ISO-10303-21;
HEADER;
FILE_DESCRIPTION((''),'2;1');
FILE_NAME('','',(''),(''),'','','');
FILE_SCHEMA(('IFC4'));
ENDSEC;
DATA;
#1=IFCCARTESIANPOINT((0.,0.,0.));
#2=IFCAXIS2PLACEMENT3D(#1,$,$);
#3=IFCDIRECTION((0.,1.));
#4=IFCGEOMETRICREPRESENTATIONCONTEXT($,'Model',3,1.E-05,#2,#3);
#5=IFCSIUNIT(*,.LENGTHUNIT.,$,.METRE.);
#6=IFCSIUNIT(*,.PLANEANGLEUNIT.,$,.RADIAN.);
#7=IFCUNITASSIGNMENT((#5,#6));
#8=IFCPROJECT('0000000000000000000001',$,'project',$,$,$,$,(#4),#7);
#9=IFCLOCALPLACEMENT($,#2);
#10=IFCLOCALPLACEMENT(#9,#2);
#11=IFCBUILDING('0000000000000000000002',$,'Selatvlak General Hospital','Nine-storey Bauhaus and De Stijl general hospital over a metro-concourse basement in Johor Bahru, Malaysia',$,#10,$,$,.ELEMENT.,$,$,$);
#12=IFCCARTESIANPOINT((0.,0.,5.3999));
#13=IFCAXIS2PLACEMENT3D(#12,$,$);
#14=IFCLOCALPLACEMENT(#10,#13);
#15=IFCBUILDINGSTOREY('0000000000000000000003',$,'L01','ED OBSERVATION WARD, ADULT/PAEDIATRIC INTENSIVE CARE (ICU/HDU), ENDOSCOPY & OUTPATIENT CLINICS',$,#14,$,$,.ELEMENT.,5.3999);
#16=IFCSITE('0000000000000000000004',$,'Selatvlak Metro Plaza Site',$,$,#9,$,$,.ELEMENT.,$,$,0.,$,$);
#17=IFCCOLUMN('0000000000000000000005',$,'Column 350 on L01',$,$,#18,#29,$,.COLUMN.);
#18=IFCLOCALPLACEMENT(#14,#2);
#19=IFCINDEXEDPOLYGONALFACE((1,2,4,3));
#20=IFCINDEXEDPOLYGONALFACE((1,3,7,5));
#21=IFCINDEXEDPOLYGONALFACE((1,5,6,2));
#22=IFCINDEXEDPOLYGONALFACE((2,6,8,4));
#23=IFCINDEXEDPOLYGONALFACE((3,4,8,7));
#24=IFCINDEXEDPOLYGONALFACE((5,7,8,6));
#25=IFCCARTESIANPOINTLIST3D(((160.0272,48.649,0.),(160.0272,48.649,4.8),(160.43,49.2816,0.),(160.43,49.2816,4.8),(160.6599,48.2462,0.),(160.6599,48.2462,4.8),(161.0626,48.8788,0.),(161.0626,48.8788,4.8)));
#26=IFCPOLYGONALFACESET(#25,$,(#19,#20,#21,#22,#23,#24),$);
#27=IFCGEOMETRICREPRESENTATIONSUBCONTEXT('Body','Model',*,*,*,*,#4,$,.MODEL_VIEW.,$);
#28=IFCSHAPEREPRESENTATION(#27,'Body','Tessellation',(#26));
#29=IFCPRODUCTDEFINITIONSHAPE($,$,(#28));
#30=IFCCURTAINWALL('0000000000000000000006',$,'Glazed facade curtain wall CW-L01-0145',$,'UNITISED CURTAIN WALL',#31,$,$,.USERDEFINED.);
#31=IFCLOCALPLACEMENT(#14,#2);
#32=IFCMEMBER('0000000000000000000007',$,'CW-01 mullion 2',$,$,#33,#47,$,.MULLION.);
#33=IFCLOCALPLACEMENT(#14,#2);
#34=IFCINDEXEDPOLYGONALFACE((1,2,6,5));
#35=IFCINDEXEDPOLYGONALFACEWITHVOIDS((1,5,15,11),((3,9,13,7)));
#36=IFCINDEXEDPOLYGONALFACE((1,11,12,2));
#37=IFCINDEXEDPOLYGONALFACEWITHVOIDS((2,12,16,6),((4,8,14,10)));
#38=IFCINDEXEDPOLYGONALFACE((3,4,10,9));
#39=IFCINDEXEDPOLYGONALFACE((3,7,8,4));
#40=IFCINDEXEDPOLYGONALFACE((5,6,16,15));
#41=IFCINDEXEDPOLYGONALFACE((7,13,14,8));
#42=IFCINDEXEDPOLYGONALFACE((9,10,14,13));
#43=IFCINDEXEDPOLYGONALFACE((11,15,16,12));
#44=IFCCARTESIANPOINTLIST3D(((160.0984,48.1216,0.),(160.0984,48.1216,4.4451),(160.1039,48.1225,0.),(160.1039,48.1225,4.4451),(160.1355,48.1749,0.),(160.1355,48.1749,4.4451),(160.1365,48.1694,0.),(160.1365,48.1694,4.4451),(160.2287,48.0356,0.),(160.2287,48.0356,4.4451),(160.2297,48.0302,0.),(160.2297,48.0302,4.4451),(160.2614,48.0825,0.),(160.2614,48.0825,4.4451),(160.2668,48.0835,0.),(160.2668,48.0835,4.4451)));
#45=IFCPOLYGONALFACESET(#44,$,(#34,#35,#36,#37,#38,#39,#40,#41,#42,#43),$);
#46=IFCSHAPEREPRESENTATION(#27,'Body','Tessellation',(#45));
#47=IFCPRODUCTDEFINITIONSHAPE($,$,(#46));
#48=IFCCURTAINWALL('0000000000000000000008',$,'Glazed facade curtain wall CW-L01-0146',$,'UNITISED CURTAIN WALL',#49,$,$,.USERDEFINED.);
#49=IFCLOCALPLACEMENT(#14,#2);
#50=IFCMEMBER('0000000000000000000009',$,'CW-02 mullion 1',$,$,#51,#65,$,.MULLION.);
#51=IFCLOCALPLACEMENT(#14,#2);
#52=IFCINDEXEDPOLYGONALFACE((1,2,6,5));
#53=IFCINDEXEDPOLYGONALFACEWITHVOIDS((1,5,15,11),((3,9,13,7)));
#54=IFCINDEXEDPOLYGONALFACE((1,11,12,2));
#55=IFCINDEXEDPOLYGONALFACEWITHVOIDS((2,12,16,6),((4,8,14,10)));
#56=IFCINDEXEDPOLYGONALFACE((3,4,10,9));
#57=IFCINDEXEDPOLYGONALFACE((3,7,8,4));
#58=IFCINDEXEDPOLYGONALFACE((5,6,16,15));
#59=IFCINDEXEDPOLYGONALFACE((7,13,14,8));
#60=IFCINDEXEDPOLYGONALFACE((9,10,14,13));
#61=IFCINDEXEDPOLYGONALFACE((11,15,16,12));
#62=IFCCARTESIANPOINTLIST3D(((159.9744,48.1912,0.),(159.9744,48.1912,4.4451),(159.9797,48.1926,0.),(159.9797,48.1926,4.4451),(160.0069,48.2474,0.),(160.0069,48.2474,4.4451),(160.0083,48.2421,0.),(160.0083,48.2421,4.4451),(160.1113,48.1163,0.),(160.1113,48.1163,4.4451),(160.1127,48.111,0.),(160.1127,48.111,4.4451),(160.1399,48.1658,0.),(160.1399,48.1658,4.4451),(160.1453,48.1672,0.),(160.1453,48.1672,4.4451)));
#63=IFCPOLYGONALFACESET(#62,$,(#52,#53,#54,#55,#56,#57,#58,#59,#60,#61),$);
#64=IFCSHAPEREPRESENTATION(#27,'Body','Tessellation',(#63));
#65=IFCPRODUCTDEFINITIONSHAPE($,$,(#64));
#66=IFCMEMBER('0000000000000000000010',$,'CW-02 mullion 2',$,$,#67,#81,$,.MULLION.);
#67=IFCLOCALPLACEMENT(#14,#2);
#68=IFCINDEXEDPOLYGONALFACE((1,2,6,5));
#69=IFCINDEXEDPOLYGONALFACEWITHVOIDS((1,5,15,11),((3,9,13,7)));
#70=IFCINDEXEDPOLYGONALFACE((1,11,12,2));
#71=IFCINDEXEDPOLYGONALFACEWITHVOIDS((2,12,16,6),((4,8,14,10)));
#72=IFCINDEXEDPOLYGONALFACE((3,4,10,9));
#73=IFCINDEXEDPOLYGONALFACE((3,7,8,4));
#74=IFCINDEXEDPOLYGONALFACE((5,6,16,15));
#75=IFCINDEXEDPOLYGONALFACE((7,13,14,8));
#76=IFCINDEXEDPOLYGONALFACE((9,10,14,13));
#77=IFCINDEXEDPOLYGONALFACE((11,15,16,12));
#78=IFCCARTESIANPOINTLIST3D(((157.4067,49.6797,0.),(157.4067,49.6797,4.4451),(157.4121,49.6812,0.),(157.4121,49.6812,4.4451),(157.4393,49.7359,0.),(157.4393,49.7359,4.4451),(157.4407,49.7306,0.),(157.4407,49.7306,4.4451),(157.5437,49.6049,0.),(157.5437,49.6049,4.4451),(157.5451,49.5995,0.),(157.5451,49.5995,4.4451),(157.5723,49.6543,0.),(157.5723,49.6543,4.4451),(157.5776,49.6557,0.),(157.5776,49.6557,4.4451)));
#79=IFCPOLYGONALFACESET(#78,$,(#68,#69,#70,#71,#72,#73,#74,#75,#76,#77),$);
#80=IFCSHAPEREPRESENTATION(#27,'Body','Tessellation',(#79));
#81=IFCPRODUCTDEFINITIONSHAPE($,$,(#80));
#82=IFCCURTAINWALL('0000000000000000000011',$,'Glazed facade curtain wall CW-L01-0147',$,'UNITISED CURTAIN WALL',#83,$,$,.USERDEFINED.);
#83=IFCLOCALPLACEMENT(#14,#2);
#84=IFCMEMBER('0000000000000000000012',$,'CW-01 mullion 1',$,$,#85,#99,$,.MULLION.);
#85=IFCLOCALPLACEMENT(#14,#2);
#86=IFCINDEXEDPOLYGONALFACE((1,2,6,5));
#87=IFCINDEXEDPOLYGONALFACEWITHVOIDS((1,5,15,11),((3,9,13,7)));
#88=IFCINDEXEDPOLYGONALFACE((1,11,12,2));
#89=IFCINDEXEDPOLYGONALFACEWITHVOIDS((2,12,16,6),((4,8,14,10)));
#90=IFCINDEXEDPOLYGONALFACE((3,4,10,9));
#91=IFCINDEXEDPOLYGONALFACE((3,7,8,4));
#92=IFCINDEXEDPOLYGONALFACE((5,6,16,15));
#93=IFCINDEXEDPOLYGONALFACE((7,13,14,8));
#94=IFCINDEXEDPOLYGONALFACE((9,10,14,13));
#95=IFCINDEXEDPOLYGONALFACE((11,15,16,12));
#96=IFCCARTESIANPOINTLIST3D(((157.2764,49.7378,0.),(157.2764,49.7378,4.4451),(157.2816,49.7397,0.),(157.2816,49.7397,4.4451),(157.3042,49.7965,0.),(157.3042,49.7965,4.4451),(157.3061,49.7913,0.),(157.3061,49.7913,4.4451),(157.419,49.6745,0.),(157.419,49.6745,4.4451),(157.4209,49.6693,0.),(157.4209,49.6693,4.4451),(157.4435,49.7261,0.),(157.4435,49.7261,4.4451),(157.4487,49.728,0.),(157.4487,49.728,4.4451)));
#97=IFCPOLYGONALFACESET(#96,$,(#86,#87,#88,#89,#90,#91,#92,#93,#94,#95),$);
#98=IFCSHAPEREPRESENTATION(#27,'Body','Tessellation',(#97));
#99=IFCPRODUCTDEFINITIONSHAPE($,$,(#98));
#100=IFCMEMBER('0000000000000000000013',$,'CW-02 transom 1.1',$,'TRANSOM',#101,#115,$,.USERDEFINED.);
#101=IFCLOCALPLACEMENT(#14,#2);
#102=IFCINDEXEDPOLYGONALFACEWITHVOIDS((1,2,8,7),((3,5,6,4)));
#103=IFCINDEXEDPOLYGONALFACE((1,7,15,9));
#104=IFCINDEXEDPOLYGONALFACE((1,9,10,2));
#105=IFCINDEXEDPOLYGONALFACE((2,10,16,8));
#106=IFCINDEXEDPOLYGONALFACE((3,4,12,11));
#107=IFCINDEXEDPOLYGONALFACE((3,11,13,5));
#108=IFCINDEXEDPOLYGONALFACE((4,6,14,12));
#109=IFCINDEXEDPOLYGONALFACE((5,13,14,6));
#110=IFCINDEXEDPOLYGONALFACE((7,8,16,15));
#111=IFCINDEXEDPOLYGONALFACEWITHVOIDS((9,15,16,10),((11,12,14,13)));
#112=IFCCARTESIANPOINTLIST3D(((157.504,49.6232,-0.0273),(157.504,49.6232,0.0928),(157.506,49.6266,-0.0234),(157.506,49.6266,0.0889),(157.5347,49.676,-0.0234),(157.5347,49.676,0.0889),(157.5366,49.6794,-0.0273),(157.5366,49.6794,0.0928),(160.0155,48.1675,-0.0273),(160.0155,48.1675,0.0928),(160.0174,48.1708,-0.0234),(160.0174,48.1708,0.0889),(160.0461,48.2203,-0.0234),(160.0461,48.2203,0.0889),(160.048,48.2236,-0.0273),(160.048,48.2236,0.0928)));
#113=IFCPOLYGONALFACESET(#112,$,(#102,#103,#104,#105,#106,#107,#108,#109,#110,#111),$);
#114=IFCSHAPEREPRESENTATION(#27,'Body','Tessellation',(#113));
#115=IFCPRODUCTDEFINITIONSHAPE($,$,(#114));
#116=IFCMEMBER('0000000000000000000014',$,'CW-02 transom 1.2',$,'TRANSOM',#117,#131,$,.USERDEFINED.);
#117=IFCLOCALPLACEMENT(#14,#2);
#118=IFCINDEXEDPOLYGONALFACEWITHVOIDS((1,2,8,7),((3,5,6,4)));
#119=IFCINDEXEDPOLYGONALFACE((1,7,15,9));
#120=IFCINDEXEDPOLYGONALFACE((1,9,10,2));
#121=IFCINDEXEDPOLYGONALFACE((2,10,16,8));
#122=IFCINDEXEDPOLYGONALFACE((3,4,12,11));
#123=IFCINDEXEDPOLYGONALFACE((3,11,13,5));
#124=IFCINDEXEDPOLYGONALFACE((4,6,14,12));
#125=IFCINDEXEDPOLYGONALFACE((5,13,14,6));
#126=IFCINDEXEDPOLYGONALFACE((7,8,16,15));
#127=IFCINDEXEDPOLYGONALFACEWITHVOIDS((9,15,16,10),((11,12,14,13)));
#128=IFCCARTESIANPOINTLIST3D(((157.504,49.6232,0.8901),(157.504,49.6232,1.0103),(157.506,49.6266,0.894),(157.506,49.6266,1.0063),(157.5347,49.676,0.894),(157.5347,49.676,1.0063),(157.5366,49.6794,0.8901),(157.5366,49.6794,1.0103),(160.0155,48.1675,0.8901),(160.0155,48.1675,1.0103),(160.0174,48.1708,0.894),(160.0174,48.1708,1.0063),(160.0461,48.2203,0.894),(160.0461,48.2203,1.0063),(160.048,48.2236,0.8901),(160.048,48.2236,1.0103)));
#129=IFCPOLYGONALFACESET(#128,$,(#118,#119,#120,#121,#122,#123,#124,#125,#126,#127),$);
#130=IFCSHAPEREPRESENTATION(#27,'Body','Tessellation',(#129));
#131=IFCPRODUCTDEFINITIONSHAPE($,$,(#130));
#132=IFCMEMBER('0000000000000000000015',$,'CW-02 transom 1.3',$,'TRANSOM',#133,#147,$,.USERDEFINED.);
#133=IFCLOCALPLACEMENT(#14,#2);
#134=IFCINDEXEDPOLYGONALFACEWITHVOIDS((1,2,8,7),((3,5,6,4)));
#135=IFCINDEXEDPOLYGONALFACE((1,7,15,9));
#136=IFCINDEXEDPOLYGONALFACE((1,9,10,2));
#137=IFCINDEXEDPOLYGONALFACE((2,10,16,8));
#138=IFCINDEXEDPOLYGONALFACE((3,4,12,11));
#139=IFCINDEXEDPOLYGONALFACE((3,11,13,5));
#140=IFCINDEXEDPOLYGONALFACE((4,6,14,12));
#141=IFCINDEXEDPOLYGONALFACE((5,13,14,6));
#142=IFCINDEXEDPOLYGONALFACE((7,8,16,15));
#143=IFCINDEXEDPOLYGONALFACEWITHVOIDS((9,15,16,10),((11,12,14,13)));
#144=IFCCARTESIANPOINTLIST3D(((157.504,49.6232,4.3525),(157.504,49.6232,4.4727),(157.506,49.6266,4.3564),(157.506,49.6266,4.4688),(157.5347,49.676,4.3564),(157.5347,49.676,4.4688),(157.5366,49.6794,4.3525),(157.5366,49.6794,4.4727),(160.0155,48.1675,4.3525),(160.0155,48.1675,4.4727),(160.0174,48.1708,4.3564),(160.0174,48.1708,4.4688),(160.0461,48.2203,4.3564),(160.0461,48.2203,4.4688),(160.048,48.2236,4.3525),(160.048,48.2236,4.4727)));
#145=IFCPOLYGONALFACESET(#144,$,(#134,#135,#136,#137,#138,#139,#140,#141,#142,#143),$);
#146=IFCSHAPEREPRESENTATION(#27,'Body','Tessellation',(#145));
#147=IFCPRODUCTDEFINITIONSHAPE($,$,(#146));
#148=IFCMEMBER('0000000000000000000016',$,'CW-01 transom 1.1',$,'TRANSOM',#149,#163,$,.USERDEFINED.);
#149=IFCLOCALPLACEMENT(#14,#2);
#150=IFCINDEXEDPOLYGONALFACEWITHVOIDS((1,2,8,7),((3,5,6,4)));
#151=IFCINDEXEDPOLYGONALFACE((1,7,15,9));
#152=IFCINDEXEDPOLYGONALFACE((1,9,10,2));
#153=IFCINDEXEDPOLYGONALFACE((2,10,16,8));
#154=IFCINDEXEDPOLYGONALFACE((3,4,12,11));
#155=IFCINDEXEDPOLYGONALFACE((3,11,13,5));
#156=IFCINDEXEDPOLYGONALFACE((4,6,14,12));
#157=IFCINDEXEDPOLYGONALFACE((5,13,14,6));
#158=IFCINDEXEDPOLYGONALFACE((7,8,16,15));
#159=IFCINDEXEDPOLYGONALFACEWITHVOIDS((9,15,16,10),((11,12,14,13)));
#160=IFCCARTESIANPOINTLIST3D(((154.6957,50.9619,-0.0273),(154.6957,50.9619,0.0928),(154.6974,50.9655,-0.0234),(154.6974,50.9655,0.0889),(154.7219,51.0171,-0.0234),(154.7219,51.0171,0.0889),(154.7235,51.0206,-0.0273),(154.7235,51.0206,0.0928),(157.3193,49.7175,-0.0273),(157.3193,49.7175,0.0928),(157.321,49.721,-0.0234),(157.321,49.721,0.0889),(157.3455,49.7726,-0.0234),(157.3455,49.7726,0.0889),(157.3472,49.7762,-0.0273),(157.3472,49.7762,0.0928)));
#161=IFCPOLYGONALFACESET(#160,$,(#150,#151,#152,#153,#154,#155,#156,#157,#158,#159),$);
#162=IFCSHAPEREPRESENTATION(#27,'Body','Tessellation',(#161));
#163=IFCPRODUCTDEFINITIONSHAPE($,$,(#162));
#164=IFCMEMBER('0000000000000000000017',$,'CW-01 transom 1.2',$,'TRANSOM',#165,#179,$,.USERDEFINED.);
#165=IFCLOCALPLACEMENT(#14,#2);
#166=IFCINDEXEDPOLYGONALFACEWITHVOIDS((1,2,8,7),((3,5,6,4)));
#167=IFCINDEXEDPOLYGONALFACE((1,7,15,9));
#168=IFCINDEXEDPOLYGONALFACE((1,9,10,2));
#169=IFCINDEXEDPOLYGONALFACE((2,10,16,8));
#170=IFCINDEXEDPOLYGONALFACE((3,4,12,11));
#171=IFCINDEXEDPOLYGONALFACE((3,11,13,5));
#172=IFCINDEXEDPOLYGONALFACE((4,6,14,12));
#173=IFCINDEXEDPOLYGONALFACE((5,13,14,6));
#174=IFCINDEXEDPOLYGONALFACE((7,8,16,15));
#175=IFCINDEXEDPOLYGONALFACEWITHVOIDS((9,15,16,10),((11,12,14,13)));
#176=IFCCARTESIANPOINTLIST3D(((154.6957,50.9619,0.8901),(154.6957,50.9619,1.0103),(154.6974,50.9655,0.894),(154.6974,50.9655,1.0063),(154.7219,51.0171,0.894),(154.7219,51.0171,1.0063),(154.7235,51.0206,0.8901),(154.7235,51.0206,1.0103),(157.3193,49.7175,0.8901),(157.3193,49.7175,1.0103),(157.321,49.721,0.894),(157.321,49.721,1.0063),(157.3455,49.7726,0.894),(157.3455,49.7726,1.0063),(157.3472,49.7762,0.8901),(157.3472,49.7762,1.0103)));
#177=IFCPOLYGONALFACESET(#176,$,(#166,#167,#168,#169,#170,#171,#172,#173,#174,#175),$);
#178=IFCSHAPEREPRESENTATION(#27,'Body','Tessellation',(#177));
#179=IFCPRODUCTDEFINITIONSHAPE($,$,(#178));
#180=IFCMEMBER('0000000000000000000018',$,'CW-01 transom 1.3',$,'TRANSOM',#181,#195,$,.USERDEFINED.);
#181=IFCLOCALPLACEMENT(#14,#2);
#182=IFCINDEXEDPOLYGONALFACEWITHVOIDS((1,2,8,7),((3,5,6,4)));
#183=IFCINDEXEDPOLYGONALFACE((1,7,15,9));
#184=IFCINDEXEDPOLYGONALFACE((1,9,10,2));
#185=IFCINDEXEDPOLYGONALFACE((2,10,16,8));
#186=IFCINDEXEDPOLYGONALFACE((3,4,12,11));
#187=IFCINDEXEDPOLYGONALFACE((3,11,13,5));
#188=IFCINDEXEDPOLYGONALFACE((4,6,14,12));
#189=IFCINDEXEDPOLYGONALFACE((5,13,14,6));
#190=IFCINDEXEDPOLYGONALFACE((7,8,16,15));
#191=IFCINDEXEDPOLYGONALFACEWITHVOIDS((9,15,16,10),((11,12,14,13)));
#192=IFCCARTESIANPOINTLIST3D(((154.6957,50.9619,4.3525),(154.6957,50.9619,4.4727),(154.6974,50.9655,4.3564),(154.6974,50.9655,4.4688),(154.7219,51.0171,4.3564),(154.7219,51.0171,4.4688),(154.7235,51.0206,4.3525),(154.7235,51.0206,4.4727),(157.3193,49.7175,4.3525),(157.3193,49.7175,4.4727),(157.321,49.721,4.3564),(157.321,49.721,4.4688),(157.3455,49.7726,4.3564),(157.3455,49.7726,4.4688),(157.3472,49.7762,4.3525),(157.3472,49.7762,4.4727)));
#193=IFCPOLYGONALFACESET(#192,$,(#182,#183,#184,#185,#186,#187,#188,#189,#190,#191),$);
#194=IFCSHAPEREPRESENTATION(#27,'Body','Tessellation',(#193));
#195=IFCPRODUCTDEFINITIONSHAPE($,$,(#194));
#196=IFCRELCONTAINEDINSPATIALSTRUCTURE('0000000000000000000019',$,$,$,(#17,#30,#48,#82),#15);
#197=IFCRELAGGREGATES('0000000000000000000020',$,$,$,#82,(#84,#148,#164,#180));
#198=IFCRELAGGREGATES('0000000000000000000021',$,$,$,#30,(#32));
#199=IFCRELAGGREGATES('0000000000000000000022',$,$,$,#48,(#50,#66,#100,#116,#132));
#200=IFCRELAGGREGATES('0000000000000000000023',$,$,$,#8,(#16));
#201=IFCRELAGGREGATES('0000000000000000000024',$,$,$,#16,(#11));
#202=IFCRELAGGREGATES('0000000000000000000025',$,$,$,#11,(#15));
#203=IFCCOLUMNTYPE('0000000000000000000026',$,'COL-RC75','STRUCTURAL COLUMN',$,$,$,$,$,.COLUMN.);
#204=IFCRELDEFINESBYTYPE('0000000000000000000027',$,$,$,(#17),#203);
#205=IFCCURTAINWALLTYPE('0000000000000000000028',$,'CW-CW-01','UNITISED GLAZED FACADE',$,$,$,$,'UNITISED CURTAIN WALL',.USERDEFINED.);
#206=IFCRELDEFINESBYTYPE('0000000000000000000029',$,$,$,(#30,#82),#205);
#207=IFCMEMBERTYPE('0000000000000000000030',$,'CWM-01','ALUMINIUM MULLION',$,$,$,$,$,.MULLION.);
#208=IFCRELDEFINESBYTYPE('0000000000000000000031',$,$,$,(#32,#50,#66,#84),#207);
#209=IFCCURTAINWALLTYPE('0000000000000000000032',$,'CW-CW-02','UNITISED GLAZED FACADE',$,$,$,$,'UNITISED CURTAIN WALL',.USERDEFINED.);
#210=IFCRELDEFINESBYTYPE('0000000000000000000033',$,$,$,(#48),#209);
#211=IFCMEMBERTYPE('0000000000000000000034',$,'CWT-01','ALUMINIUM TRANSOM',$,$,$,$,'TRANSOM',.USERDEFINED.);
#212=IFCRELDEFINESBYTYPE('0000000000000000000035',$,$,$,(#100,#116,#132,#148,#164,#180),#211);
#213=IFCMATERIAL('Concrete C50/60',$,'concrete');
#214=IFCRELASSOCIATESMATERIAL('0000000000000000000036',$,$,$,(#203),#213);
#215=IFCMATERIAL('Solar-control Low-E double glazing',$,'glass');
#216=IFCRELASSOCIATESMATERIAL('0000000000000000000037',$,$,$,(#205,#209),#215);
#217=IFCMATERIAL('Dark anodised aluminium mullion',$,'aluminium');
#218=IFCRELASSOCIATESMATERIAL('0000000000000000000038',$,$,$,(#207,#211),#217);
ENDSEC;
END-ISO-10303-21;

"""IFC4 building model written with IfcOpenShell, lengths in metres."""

from ifc_helpers import new_model, si_unit, direction, frame, origin, origin_2d, place, context, subcontext, project, spatial, rectangle, hollow_rectangle, extrude, material, material_profile, profile_set, type_object, element, aggregate, save


model = new_model("IFC4")

# Units and contexts
model_context = context("Model", 3, precision=1e-05, world=origin(), true_north=direction((0.0, 1.0)))
body_context = subcontext(model_context, "Body", "Model", "MODEL_VIEW")
ifc_project = project(units=[si_unit("LENGTHUNIT", "METRE"), si_unit("PLANEANGLEUNIT", "RADIAN")], contexts=[model_context])

# Site, building, storey
site_placement = place(None, origin())
site = spatial("IfcSite", under=ifc_project, at=site_placement, Name="Selatvlak Metro Plaza Site", CompositionType="ELEMENT", RefElevation=0.0)
building_placement = place(site_placement, origin())
building = spatial("IfcBuilding", under=site, at=building_placement, Name="Selatvlak General Hospital", Description="Nine-storey Bauhaus and De Stijl general hospital over a metro-concourse basement in Johor Bahru, Malaysia", CompositionType="ELEMENT")
storey_placement = place(building_placement, frame((0.0, 0.0, 5.3999)))
storey = spatial("IfcBuildingStorey", under=building, at=storey_placement, Name="L01", Description="ED OBSERVATION WARD, ADULT/PAEDIATRIC INTENSIVE CARE (ICU/HDU), ENDOSCOPY & OUTPATIENT CLINICS", CompositionType="ELEMENT", Elevation=5.3999)

# Column
ifc_material_1 = material(Name="Concrete C50/60", Category="concrete")
ifc_material_profile_1 = material_profile(ifc_material_1, rectangle(XDim=0.75, YDim=0.75, at=origin_2d()), Name="RC-COL 750x750")
ifc_profile_set_1 = profile_set([ifc_material_profile_1], Name="Concrete C50/60")
column_type = type_object("IfcColumnType", Name="COL-RC75", Description="STRUCTURAL COLUMN", PredefinedType="COLUMN", material=ifc_profile_set_1)
column_placement = place(storey_placement, frame((160.5449, 48.7639, 0.0), z_axis=(0.0, 0.0, 1.0), x_axis=(0.537064, 0.843541, 0.0)))
element("IfcColumn", 1, at=column_placement, inside=storey, type_object=column_type, Name="Column 350 on L01", PredefinedType="COLUMN", context=body_context, shape_type="SweptSolid", body=[
    extrude(rectangle(XDim=0.75, YDim=0.75, at=origin_2d()), origin(), (0.0, 0.0, 1.0), 4.8),
])

# Curtain wall, member
ifc_material_2 = material(Name="Solar-control Low-E double glazing", Category="glass")
curtain_wall_type_1 = type_object("IfcCurtainWallType", Name="CW-CW-01", Description="UNITISED GLAZED FACADE", ElementType="UNITISED CURTAIN WALL", PredefinedType="USERDEFINED", material=ifc_material_2)
curtain_wall_1_placement = place(storey_placement, origin())
curtain_wall_1 = element("IfcCurtainWall", 2, at=curtain_wall_1_placement, inside=storey, type_object=curtain_wall_type_1, Name="Glazed facade curtain wall CW-L01-0145", ObjectType="UNITISED CURTAIN WALL", PredefinedType="USERDEFINED")
ifc_material_3 = material(Name="Dark anodised aluminium mullion", Category="aluminium")
ifc_material_profile_2 = material_profile(ifc_material_3, hollow_rectangle(XDim=0.0649, YDim=0.1599, WallThickness=0.0039, at=origin_2d()), Name="AL-MUL 65x160x4")
ifc_profile_set_2 = profile_set([ifc_material_profile_2], Name="Dark anodised aluminium mullion")
member_type_1 = type_object("IfcMemberType", Name="CWM-01", Description="ALUMINIUM MULLION", PredefinedType="MULLION", material=ifc_profile_set_2)
member_1_placement = place(storey_placement, frame((160.1826, 48.1025, 0.0), z_axis=(0.0, 0.0, 1.0), x_axis=(-0.571335, -0.820717, 0.0)))
member_1 = element("IfcMember", 3, at=member_1_placement, type_object=member_type_1, Name="CW-01 mullion 2", PredefinedType="MULLION", context=body_context, shape_type="SweptSolid", body=[
    extrude(hollow_rectangle(XDim=0.0649, YDim=0.1599, WallThickness=0.0039, at=origin_2d()), origin(), (0.0, 0.0, 1.0), 4.4451),
])

# Curtain wall, members
curtain_wall_type_2 = type_object("IfcCurtainWallType", Name="CW-CW-02", Description="UNITISED GLAZED FACADE", ElementType="UNITISED CURTAIN WALL", PredefinedType="USERDEFINED", material=ifc_material_2)
curtain_wall_2_placement = place(storey_placement, origin())
curtain_wall_2 = element("IfcCurtainWall", 4, at=curtain_wall_2_placement, inside=storey, type_object=curtain_wall_type_2, Name="Glazed facade curtain wall CW-L01-0146", ObjectType="UNITISED CURTAIN WALL", PredefinedType="USERDEFINED")
member_2_placement = place(storey_placement, frame((160.0598, 48.1792, 0.0), z_axis=(0.0, 0.0, 1.0), x_axis=(-0.501491, -0.865163, 0.0)))
member_2 = element("IfcMember", 5, at=member_2_placement, type_object=member_type_1, Name="CW-02 mullion 1", PredefinedType="MULLION", context=body_context, shape_type="SweptSolid", body=[
    extrude(hollow_rectangle(XDim=0.0649, YDim=0.1599, WallThickness=0.0039, at=origin_2d()), origin(), (0.0, 0.0, 1.0), 4.4451),
])
member_3_placement = place(storey_placement, frame((157.4922, 49.6677, 0.0), z_axis=(0.0, 0.0, 1.0), x_axis=(-0.501491, -0.865163, 0.0)))
member_3 = element("IfcMember", 6, at=member_3_placement, type_object=member_type_1, Name="CW-02 mullion 2", PredefinedType="MULLION", context=body_context, shape_type="SweptSolid", body=[
    extrude(hollow_rectangle(XDim=0.0649, YDim=0.1599, WallThickness=0.0039, at=origin_2d()), origin(), (0.0, 0.0, 1.0), 4.4451),
])

# Curtain wall, member
curtain_wall_3_placement = place(storey_placement, origin())
curtain_wall_3 = element("IfcCurtainWall", 7, at=curtain_wall_3_placement, inside=storey, type_object=curtain_wall_type_1, Name="Glazed facade curtain wall CW-L01-0147", ObjectType="UNITISED CURTAIN WALL", PredefinedType="USERDEFINED")
member_4_placement = place(storey_placement, frame((157.3625, 49.7329, 0.0), z_axis=(0.0, 0.0, 1.0), x_axis=(-0.428526, -0.90353, 0.0)))
member_4 = element("IfcMember", 8, at=member_4_placement, type_object=member_type_1, Name="CW-01 mullion 1", PredefinedType="MULLION", context=body_context, shape_type="SweptSolid", body=[
    extrude(hollow_rectangle(XDim=0.0649, YDim=0.1599, WallThickness=0.0039, at=origin_2d()), origin(), (0.0, 0.0, 1.0), 4.4451),
])

# Members
ifc_material_profile_3 = material_profile(ifc_material_3, hollow_rectangle(XDim=0.0649, YDim=0.1201, WallThickness=0.0039, at=origin_2d()), Name="AL-TRN 65x120x4")
ifc_profile_set_3 = profile_set([ifc_material_profile_3], Name="Dark anodised aluminium mullion")
member_type_2 = type_object("IfcMemberType", Name="CWT-01", Description="ALUMINIUM TRANSOM", ElementType="TRANSOM", PredefinedType="USERDEFINED", material=ifc_profile_set_3)
member_5_placement = place(storey_placement, frame((160.0317, 48.1956, 0.0327), z_axis=(-0.865157, 0.5015, 0.0), x_axis=(-0.5015, -0.865157, 0.0)))
member_5 = element("IfcMember", 9, at=member_5_placement, type_object=member_type_2, Name="CW-02 transom 1.1", ObjectType="TRANSOM", PredefinedType="USERDEFINED", context=body_context, shape_type="SweptSolid", body=[
    extrude(hollow_rectangle(XDim=0.0649, YDim=0.1201, WallThickness=0.0039, at=origin_2d()), origin(), (0.0, 0.0, 1.0), 2.9028),
])
member_6_placement = place(storey_placement, frame((160.0317, 48.1956, 0.9502), z_axis=(-0.865157, 0.5015, 0.0), x_axis=(-0.5015, -0.865157, 0.0)))
member_6 = element("IfcMember", 10, at=member_6_placement, type_object=member_type_2, Name="CW-02 transom 1.2", ObjectType="TRANSOM", PredefinedType="USERDEFINED", context=body_context, shape_type="SweptSolid", body=[
    extrude(hollow_rectangle(XDim=0.0649, YDim=0.1201, WallThickness=0.0039, at=origin_2d()), origin(), (0.0, 0.0, 1.0), 2.9028),
])
member_7_placement = place(storey_placement, frame((160.0317, 48.1956, 4.4126), z_axis=(-0.865157, 0.5015, 0.0), x_axis=(-0.5015, -0.865157, 0.0)))
member_7 = element("IfcMember", 11, at=member_7_placement, type_object=member_type_2, Name="CW-02 transom 1.3", ObjectType="TRANSOM", PredefinedType="USERDEFINED", context=body_context, shape_type="SweptSolid", body=[
    extrude(hollow_rectangle(XDim=0.0649, YDim=0.1201, WallThickness=0.0039, at=origin_2d()), origin(), (0.0, 0.0, 1.0), 2.9028),
])
member_8_placement = place(storey_placement, frame((157.3333, 49.7468, 0.0327), z_axis=(-0.903517, 0.428553, 0.0), x_axis=(-0.428553, -0.903517, 0.0)))
member_8 = element("IfcMember", 12, at=member_8_placement, type_object=member_type_2, Name="CW-01 transom 1.1", ObjectType="TRANSOM", PredefinedType="USERDEFINED", context=body_context, shape_type="SweptSolid", body=[
    extrude(hollow_rectangle(XDim=0.0649, YDim=0.1201, WallThickness=0.0039, at=origin_2d()), origin(), (0.0, 0.0, 1.0), 2.9038),
])
member_9_placement = place(storey_placement, frame((157.3333, 49.7468, 0.9502), z_axis=(-0.903517, 0.428553, 0.0), x_axis=(-0.428553, -0.903517, 0.0)))
member_9 = element("IfcMember", 13, at=member_9_placement, type_object=member_type_2, Name="CW-01 transom 1.2", ObjectType="TRANSOM", PredefinedType="USERDEFINED", context=body_context, shape_type="SweptSolid", body=[
    extrude(hollow_rectangle(XDim=0.0649, YDim=0.1201, WallThickness=0.0039, at=origin_2d()), origin(), (0.0, 0.0, 1.0), 2.9038),
])
member_10_placement = place(storey_placement, frame((157.3333, 49.7468, 4.4126), z_axis=(-0.903517, 0.428553, 0.0), x_axis=(-0.428553, -0.903517, 0.0)))
member_10 = element("IfcMember", 14, at=member_10_placement, type_object=member_type_2, Name="CW-01 transom 1.3", ObjectType="TRANSOM", PredefinedType="USERDEFINED", context=body_context, shape_type="SweptSolid", body=[
    extrude(hollow_rectangle(XDim=0.0649, YDim=0.1201, WallThickness=0.0039, at=origin_2d()), origin(), (0.0, 0.0, 1.0), 2.9038),
])
aggregate(curtain_wall_3, [member_4, member_8, member_9, member_10])

aggregate(curtain_wall_1, [member_1])
aggregate(curtain_wall_2, [member_2, member_3, member_5, member_6, member_7])

save(model, "model.ifc")
